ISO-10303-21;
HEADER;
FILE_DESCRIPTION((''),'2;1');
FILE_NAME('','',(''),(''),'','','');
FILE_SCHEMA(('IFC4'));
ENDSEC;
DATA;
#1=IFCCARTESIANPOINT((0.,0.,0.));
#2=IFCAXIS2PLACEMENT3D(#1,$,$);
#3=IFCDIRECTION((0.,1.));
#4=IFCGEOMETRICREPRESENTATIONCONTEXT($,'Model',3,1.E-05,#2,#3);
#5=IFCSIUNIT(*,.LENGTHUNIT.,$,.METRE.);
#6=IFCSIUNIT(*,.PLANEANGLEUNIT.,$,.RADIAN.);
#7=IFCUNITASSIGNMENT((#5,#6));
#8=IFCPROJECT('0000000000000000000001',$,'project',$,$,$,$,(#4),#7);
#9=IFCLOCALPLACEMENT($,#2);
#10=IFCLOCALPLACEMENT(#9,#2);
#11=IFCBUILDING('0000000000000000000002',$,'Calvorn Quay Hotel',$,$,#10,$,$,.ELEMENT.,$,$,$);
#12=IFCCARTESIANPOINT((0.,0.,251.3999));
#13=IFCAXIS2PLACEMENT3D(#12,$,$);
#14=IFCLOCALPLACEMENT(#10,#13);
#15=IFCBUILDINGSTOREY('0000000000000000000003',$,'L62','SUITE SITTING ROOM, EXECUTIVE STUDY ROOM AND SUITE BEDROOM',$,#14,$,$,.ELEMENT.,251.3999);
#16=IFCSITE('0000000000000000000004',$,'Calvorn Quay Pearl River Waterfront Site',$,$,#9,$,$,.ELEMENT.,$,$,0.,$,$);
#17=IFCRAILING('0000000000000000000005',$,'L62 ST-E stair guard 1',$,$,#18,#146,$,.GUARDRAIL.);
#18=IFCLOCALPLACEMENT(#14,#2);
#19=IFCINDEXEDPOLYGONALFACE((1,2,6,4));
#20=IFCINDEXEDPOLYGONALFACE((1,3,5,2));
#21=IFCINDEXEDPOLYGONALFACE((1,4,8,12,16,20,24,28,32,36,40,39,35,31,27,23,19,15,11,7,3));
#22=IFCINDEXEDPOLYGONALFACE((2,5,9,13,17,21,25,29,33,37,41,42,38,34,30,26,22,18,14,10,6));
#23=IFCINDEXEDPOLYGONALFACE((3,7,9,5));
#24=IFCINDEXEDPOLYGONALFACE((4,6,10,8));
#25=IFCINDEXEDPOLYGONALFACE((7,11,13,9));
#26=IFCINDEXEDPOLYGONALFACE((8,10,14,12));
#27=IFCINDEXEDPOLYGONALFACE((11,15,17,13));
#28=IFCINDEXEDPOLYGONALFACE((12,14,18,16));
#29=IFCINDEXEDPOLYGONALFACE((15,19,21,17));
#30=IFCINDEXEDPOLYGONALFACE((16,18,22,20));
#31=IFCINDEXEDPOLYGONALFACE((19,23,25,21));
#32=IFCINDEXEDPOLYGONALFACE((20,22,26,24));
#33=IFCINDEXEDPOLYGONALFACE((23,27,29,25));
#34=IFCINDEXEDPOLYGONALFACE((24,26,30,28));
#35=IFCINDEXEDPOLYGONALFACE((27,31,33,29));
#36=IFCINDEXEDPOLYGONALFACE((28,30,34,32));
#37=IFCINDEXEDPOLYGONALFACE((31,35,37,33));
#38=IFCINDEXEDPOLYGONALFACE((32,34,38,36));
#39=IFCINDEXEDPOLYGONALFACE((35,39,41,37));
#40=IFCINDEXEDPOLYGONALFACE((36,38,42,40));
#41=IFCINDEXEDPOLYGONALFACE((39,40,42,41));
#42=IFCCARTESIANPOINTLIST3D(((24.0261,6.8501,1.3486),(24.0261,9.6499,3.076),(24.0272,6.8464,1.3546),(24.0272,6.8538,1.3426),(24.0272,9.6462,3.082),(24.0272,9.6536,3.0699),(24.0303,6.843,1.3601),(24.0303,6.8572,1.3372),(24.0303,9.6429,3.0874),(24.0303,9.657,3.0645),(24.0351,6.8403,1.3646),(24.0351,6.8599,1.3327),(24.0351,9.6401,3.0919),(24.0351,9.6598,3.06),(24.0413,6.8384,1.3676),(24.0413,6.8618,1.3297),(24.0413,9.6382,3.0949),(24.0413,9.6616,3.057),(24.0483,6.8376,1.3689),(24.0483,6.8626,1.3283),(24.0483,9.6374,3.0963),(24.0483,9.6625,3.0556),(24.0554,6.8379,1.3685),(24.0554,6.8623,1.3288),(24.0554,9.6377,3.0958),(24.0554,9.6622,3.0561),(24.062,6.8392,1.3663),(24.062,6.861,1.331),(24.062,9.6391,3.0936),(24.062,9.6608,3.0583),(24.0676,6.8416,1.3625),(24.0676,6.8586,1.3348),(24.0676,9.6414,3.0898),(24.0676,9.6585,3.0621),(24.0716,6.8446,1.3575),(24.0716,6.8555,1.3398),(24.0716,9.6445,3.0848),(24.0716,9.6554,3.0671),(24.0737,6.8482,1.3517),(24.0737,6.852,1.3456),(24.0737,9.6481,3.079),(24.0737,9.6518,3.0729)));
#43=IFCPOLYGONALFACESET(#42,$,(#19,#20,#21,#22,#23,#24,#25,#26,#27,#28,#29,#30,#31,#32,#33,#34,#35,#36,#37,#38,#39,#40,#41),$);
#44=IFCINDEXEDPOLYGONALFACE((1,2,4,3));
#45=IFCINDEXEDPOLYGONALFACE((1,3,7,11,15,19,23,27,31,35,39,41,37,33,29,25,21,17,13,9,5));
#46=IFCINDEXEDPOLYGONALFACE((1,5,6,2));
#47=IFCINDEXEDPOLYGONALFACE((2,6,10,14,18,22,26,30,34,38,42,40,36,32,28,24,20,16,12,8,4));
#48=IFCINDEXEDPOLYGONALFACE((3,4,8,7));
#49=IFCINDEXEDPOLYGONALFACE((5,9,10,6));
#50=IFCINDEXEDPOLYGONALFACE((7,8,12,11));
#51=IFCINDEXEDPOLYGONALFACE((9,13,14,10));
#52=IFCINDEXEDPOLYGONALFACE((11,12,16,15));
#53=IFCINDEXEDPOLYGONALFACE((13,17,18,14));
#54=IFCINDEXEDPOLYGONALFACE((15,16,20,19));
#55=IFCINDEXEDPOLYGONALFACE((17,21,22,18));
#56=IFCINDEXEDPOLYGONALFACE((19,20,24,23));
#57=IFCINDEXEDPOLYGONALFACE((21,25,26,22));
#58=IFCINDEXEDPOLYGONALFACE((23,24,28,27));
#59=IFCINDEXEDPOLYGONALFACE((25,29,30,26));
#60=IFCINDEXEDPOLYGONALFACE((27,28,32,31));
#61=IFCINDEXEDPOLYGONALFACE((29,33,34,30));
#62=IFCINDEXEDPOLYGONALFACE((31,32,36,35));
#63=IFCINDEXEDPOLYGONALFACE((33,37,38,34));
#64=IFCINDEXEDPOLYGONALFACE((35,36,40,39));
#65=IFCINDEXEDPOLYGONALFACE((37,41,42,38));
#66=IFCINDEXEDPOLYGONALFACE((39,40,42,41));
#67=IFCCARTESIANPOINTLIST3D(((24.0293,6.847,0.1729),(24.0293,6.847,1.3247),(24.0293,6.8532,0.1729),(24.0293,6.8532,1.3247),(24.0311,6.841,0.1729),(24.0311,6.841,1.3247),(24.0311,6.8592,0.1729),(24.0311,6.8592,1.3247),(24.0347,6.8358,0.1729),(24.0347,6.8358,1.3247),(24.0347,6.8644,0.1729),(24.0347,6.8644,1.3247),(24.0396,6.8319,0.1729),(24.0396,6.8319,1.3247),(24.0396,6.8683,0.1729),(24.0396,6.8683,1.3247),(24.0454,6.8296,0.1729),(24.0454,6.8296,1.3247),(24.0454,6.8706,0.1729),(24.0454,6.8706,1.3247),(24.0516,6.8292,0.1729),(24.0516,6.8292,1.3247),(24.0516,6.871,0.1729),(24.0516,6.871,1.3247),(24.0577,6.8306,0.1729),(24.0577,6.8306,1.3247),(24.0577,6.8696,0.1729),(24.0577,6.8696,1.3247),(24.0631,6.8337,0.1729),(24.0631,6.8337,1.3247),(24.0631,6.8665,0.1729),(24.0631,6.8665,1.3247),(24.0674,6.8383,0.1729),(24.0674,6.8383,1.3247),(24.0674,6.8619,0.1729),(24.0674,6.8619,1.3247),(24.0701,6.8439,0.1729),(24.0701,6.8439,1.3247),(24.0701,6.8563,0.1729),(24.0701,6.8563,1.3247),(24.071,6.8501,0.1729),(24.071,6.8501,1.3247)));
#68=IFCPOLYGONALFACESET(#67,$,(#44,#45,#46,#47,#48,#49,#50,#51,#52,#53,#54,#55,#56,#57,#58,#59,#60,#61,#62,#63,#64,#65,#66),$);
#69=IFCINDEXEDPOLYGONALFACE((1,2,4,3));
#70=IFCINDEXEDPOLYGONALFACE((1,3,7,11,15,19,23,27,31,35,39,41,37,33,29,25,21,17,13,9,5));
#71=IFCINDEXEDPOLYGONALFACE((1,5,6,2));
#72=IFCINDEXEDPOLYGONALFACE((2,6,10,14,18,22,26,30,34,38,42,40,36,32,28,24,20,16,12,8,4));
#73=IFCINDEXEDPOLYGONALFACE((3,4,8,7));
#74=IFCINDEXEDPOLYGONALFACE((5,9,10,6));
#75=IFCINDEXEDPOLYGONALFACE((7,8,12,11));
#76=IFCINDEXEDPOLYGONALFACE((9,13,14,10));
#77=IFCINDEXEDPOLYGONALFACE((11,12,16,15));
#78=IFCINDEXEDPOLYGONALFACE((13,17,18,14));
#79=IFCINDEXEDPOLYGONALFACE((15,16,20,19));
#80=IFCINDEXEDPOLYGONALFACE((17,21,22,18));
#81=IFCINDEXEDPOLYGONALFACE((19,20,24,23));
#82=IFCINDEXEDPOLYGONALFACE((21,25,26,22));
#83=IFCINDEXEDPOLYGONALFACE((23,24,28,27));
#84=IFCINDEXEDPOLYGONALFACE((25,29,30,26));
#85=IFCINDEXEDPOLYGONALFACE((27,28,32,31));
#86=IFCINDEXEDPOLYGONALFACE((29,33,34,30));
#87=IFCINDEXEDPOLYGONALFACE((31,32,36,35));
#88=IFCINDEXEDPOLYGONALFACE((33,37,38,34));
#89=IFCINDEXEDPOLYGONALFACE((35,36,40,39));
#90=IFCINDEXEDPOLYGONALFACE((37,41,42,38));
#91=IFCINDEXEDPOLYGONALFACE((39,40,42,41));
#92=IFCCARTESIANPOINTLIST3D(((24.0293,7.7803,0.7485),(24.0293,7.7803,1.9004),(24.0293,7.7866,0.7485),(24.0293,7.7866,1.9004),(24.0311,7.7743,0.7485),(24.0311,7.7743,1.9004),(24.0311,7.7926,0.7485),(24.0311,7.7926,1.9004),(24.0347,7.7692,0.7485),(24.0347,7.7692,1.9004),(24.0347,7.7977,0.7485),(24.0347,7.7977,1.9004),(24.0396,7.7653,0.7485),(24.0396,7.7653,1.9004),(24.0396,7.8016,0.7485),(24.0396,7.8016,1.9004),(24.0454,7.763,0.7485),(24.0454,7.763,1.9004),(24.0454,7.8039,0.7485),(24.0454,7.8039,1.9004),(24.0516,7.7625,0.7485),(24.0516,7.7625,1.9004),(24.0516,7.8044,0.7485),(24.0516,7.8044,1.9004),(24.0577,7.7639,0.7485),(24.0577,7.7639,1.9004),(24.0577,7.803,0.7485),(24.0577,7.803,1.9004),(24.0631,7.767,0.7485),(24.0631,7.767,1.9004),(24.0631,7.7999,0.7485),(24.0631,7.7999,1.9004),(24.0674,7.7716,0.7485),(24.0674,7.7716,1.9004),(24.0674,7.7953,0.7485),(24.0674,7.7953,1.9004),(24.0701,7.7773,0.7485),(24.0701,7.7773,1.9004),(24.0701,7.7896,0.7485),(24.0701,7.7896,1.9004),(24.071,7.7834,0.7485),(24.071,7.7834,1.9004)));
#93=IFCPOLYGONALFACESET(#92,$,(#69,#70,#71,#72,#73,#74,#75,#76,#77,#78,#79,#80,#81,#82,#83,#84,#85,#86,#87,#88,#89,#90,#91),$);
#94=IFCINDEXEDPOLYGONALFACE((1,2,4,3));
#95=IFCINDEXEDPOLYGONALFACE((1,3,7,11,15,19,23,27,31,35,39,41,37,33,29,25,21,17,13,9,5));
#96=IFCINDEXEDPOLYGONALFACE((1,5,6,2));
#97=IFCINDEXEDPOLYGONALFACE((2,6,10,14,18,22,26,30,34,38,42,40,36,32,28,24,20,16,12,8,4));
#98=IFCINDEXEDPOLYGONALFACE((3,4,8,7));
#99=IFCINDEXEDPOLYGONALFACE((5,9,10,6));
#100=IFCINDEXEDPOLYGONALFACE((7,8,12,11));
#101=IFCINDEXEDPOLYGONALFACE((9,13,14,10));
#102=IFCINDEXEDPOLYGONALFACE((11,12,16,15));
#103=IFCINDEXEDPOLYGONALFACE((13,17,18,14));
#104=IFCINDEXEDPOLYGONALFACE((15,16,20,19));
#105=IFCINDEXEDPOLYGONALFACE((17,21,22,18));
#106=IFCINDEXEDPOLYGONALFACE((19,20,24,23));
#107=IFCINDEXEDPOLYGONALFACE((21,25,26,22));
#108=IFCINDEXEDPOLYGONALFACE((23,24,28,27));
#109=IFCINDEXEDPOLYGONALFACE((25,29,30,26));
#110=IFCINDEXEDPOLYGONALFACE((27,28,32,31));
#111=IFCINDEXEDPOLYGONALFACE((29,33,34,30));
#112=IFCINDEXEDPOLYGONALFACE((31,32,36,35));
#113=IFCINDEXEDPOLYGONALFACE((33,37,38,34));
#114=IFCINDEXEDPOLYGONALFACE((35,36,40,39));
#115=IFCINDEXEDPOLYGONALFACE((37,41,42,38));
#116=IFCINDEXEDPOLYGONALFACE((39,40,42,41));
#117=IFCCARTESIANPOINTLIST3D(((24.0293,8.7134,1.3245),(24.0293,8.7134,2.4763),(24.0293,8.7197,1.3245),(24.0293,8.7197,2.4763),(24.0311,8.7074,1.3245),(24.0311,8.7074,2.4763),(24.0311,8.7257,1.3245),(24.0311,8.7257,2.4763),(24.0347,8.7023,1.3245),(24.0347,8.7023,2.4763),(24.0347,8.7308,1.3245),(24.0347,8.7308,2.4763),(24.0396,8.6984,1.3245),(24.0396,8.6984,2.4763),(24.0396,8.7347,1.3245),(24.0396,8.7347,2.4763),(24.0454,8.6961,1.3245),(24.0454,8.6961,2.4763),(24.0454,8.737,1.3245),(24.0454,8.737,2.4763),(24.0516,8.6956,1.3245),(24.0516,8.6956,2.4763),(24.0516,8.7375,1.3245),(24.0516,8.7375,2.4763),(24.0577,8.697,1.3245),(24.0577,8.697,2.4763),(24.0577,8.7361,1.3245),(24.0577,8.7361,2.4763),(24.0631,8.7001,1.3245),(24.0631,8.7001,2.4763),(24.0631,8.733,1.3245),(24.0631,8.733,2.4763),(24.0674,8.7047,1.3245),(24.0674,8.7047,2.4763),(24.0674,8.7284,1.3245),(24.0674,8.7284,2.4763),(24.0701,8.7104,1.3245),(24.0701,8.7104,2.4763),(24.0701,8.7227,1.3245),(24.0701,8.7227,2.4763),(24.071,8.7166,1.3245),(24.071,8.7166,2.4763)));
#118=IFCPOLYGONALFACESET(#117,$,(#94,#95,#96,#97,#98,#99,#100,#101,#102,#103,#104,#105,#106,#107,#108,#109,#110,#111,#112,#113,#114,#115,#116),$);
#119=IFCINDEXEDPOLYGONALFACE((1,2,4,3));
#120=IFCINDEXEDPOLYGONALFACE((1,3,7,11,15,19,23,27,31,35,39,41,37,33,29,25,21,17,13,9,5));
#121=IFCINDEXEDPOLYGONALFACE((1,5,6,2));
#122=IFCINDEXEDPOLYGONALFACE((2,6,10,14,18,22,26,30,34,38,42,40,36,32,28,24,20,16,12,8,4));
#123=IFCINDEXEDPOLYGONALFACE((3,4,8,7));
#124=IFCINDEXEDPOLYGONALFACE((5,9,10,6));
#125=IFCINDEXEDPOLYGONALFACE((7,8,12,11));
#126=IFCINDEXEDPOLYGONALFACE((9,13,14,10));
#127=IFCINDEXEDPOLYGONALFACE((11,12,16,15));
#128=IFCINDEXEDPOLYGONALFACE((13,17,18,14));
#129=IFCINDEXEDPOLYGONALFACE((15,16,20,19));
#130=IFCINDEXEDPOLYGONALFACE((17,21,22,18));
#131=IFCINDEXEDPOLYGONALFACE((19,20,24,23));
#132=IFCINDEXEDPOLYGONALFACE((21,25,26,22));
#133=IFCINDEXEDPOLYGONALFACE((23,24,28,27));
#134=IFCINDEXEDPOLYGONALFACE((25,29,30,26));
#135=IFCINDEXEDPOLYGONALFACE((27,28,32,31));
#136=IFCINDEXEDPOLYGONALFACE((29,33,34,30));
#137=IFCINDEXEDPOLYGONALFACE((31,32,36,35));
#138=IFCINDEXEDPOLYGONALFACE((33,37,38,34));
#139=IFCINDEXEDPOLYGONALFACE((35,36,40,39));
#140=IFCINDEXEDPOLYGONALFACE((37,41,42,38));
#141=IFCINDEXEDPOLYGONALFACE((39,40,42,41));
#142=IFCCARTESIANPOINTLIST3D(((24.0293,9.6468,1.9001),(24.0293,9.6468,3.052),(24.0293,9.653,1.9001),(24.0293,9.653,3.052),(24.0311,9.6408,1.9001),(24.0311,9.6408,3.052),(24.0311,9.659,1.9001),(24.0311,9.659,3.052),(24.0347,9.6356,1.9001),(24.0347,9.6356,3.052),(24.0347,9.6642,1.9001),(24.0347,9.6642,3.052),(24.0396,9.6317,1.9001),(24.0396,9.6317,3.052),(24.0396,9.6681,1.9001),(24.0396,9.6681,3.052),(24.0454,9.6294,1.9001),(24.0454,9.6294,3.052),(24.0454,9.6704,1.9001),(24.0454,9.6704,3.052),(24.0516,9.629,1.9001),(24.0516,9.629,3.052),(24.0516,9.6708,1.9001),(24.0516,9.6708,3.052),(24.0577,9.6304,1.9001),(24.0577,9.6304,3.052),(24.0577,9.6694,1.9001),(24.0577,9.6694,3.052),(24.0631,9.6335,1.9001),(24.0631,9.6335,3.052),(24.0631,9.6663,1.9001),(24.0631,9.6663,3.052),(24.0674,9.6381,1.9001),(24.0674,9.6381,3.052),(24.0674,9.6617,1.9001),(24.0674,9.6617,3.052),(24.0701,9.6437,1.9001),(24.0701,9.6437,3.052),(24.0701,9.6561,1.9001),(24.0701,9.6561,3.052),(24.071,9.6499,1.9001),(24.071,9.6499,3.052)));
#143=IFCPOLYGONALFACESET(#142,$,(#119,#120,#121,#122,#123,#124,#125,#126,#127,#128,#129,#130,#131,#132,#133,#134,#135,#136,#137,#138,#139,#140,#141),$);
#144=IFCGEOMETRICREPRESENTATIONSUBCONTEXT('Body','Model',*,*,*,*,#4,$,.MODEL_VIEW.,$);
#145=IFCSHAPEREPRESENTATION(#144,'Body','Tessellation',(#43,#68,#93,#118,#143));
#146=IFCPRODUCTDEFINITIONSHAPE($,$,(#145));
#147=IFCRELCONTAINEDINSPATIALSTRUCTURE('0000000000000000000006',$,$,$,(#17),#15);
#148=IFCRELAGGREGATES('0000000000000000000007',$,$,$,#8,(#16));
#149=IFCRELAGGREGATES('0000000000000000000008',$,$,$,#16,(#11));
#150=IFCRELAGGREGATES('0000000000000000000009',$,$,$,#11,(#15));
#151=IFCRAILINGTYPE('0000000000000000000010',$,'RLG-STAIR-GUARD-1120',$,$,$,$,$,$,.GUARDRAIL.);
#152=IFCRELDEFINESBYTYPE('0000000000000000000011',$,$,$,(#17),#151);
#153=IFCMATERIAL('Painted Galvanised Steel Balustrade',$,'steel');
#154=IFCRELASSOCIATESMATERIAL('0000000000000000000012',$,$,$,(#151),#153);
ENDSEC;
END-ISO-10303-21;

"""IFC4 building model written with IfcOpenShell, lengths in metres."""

from ifc_helpers import new_model, si_unit, direction, frame, origin, origin_2d, place, context, subcontext, project, spatial, circle, extrude, material, type_object, element, save


model = new_model("IFC4")

# Units and contexts
model_context = context("Model", 3, precision=1e-05, world=origin(), true_north=direction((0.0, 1.0)))
body_context = subcontext(model_context, "Body", "Model", "MODEL_VIEW")
ifc_project = project(units=[si_unit("LENGTHUNIT", "METRE"), si_unit("PLANEANGLEUNIT", "RADIAN")], contexts=[model_context])

# Site, building, storey
site_placement = place(None, origin())
site = spatial("IfcSite", under=ifc_project, at=site_placement, Name="Calvorn Quay Pearl River Waterfront Site", CompositionType="ELEMENT", RefElevation=0.0)
building_placement = place(site_placement, origin())
building = spatial("IfcBuilding", under=site, at=building_placement, Name="Calvorn Quay Hotel", CompositionType="ELEMENT")
storey_placement = place(building_placement, frame((0.0, 0.0, 251.3999)))
storey = spatial("IfcBuildingStorey", under=building, at=storey_placement, Name="L62", Description="SUITE SITTING ROOM, EXECUTIVE STUDY ROOM AND SUITE BEDROOM", CompositionType="ELEMENT", Elevation=251.3999)

# Railing
ifc_material_1 = material(Name="Painted Galvanised Steel Balustrade", Category="steel")
railing_type_1 = type_object("IfcRailingType", Name="RLG-STAIR-GUARD-1120", PredefinedType="GUARDRAIL", material=ifc_material_1)
railing_1_placement = place(storey_placement, frame((24.05, 6.8501, 0.1729)))
element("IfcRailing", 1, at=railing_1_placement, inside=storey, type_object=railing_type_1, Name="L62 ST-E stair guard 1", PredefinedType="GUARDRAIL", context=body_context, shape_type="SweptSolid", body=[
    extrude(circle(Radius=0.0239, at=origin_2d()), frame((0.0, 0.0, 1.1758), z_axis=(0.0, 0.851069, 0.525054), x_axis=(-1.0, 0.0, 0.0)), (0.0, 0.0, 1.0), 3.2898),
    extrude(circle(Radius=0.021, at=origin_2d()), origin(), (0.0, 0.0, 1.0), 1.1519),
    extrude(circle(Radius=0.021, at=origin_2d()), frame((0.0, 0.9333, 0.5757)), (0.0, 0.0, 1.0), 1.1519),
    extrude(circle(Radius=0.021, at=origin_2d()), frame((0.0, 1.8665, 1.1516)), (0.0, 0.0, 1.0), 1.1519),
    extrude(circle(Radius=0.021, at=origin_2d()), frame((0.0, 2.7998, 1.7273)), (0.0, 0.0, 1.0), 1.1519),
])

save(model, "model.ifc")
